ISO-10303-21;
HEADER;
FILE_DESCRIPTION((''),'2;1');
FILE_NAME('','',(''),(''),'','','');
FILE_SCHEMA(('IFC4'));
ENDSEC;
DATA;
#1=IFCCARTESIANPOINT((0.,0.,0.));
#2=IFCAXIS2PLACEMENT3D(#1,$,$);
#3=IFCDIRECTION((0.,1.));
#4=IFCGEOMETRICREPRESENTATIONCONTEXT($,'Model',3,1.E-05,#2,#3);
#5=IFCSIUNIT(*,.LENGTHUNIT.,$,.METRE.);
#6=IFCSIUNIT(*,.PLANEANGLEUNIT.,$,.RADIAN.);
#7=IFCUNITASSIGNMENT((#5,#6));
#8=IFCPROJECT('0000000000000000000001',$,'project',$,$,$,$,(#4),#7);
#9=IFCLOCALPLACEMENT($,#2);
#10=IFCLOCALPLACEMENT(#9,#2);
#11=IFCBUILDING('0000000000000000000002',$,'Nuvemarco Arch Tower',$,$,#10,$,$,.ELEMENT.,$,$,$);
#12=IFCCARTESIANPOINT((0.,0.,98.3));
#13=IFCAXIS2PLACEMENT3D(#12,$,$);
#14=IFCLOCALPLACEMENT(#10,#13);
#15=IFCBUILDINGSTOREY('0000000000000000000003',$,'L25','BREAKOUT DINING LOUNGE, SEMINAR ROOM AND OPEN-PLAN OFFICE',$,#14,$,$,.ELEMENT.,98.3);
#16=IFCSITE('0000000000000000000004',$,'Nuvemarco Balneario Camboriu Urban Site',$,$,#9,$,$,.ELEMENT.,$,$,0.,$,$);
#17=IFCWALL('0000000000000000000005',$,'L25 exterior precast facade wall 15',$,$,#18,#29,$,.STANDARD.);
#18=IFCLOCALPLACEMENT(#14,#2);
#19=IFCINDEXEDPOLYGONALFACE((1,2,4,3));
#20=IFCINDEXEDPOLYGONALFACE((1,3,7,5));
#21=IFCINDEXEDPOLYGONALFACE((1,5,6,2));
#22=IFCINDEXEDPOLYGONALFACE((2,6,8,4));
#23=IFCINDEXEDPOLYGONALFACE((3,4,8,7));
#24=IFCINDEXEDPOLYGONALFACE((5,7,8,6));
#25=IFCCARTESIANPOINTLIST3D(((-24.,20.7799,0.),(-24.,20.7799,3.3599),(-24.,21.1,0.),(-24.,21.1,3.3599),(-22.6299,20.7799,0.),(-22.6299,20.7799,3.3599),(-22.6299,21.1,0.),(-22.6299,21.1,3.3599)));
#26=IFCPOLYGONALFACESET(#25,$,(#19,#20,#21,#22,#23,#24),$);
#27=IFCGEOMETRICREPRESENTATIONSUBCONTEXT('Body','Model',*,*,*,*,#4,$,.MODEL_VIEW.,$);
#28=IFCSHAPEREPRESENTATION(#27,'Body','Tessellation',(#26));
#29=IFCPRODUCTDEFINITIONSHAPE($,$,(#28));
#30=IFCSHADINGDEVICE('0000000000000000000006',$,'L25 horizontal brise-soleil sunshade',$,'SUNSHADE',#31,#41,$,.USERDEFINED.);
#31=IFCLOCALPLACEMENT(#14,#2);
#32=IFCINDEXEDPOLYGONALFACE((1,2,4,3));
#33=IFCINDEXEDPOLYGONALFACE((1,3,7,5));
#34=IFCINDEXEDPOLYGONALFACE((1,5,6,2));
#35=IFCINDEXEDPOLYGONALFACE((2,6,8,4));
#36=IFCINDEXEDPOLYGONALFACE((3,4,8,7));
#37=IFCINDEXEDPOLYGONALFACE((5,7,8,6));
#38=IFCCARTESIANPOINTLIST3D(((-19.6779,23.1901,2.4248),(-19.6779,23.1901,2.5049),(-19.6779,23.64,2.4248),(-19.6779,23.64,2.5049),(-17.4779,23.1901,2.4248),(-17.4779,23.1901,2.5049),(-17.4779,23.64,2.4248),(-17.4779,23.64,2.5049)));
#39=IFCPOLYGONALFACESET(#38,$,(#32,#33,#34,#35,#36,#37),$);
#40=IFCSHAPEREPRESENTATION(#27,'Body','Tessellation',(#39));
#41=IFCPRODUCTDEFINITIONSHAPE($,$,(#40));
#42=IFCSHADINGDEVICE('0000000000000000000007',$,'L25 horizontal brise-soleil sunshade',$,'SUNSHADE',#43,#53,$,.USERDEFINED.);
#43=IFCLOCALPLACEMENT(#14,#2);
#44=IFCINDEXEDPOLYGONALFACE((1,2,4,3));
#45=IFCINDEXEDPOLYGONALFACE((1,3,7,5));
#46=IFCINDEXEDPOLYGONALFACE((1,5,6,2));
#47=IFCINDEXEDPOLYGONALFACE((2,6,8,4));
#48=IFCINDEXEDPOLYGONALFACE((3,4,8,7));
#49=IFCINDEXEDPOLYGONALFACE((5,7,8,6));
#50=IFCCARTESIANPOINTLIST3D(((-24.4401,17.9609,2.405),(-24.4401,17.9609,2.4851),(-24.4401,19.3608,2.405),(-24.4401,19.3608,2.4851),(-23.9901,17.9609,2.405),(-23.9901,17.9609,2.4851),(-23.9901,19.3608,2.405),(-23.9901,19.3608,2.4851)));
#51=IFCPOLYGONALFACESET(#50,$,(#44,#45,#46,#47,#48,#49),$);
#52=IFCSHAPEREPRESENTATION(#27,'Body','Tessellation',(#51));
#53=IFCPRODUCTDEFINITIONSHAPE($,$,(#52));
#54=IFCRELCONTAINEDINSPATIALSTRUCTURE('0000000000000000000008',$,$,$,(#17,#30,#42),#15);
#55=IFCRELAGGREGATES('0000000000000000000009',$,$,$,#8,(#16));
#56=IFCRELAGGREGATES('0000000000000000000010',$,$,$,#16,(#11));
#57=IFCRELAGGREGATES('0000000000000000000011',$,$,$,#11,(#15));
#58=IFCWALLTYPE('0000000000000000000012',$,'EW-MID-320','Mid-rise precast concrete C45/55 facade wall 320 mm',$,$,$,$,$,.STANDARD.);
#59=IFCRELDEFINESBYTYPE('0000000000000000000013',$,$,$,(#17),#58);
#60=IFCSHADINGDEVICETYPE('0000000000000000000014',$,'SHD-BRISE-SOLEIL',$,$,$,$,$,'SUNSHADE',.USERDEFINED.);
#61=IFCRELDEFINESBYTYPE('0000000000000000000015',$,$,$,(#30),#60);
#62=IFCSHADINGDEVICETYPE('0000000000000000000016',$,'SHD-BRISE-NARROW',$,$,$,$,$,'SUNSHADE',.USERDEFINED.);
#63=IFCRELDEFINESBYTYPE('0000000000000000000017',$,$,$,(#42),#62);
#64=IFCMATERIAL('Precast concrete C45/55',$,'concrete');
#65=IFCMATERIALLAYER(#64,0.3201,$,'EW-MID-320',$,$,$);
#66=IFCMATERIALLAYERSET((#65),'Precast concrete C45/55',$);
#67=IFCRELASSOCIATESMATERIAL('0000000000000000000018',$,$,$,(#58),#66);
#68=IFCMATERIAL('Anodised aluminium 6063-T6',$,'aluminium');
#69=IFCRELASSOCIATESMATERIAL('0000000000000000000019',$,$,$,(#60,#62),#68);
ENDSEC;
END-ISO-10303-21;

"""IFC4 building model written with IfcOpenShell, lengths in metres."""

from ifc_helpers import new_model, si_unit, direction, frame, frame_2d, origin, origin_2d, place, context, subcontext, project, spatial, rectangle, extrude, source, transform, mapped, material, layer, layer_set, type_object, type_shapes, element, save


model = new_model("IFC4")

# Units and contexts
model_context = context("Model", 3, precision=1e-05, world=origin(), true_north=direction((0.0, 1.0)))
body_context = subcontext(model_context, "Body", "Model", "MODEL_VIEW")
ifc_project = project(units=[si_unit("LENGTHUNIT", "METRE"), si_unit("PLANEANGLEUNIT", "RADIAN")], contexts=[model_context])

# Site, building, storey
site_placement = place(None, origin())
site = spatial("IfcSite", under=ifc_project, at=site_placement, Name="Nuvemarco Balneario Camboriu Urban Site", CompositionType="ELEMENT", RefElevation=0.0)
building_placement = place(site_placement, origin())
building = spatial("IfcBuilding", under=site, at=building_placement, Name="Nuvemarco Arch Tower", CompositionType="ELEMENT")
storey_placement = place(building_placement, frame((0.0, 0.0, 98.3)))
storey = spatial("IfcBuildingStorey", under=building, at=storey_placement, Name="L25", Description="BREAKOUT DINING LOUNGE, SEMINAR ROOM AND OPEN-PLAN OFFICE", CompositionType="ELEMENT", Elevation=98.3)

# Shared definitions
ifc_material_1 = material(Name="Precast concrete C45/55", Category="concrete")
ifc_layer = layer(ifc_material_1, 0.3201, Name="EW-MID-320")
ifc_layer_set = layer_set([ifc_layer], Name="Precast concrete C45/55")
wall_type = type_object("IfcWallType", Name="EW-MID-320", Description="Mid-rise precast concrete C45/55 facade wall 320 mm", PredefinedType="STANDARD", material=ifc_layer_set)

# Wall
wall_1_placement = place(storey_placement, frame((-24.0, 20.9399, 0.0), z_axis=(0.0, 0.0, 1.0), x_axis=(1.0, 0.0, 0.0)))
element("IfcWall", 1, at=wall_1_placement, inside=storey, type_object=wall_type, Name="L25 exterior precast facade wall 15", PredefinedType="STANDARD", context=body_context, shape_type="SweptSolid", body=[
    extrude(rectangle(XDim=1.3701, YDim=0.3201, at=frame_2d((0.6851, 0.0))), origin(), (0.0, 0.0, 1.0), 3.3599),
])

# Shading devices
ifc_material_2 = material(Name="Anodised aluminium 6063-T6", Category="aluminium")
shading_device_type_1 = type_object("IfcShadingDeviceType", Name="SHD-BRISE-SOLEIL", ElementType="SUNSHADE", PredefinedType="USERDEFINED", material=ifc_material_2)
shared_shape_1 = source(origin(), body_context, "Body", "SweptSolid", [
    extrude(rectangle(XDim=2.2, YDim=0.45, at=origin_2d()), origin(), (0.0, 0.0, 1.0), 0.0801),
])
type_shapes(shading_device_type_1, [shared_shape_1])
shading_device_1_placement = place(storey_placement, frame((-18.5779, 23.415, 2.4248), z_axis=(0.0, 0.0, 1.0), x_axis=(1.0, 0.0, 0.0)))
element("IfcShadingDevice", 2, at=shading_device_1_placement, inside=storey, type_object=shading_device_type_1, Name="L25 horizontal brise-soleil sunshade", ObjectType="SUNSHADE", PredefinedType="USERDEFINED", context=body_context, shape_type="MappedRepresentation", body=[
    mapped(shared_shape_1, transform((0.0, 0.0, 0.0), scale=1.0)),
])
shading_device_type_2 = type_object("IfcShadingDeviceType", Name="SHD-BRISE-NARROW", ElementType="SUNSHADE", PredefinedType="USERDEFINED", material=ifc_material_2)
shared_shape_2 = source(origin(), body_context, "Body", "SweptSolid", [
    extrude(rectangle(XDim=1.3999, YDim=0.45, at=origin_2d()), origin(), (0.0, 0.0, 1.0), 0.0801),
])
type_shapes(shading_device_type_2, [shared_shape_2])
shading_device_2_placement = place(storey_placement, frame((-24.2151, 18.6609, 2.405), z_axis=(0.0, 0.0, 1.0), x_axis=(0.0, 1.0, 0.0)))
element("IfcShadingDevice", 3, at=shading_device_2_placement, inside=storey, type_object=shading_device_type_2, Name="L25 horizontal brise-soleil sunshade", ObjectType="SUNSHADE", PredefinedType="USERDEFINED", context=body_context, shape_type="MappedRepresentation", body=[
    mapped(shared_shape_2, transform((0.0, 0.0, 0.0), scale=1.0)),
])

save(model, "model.ifc")
